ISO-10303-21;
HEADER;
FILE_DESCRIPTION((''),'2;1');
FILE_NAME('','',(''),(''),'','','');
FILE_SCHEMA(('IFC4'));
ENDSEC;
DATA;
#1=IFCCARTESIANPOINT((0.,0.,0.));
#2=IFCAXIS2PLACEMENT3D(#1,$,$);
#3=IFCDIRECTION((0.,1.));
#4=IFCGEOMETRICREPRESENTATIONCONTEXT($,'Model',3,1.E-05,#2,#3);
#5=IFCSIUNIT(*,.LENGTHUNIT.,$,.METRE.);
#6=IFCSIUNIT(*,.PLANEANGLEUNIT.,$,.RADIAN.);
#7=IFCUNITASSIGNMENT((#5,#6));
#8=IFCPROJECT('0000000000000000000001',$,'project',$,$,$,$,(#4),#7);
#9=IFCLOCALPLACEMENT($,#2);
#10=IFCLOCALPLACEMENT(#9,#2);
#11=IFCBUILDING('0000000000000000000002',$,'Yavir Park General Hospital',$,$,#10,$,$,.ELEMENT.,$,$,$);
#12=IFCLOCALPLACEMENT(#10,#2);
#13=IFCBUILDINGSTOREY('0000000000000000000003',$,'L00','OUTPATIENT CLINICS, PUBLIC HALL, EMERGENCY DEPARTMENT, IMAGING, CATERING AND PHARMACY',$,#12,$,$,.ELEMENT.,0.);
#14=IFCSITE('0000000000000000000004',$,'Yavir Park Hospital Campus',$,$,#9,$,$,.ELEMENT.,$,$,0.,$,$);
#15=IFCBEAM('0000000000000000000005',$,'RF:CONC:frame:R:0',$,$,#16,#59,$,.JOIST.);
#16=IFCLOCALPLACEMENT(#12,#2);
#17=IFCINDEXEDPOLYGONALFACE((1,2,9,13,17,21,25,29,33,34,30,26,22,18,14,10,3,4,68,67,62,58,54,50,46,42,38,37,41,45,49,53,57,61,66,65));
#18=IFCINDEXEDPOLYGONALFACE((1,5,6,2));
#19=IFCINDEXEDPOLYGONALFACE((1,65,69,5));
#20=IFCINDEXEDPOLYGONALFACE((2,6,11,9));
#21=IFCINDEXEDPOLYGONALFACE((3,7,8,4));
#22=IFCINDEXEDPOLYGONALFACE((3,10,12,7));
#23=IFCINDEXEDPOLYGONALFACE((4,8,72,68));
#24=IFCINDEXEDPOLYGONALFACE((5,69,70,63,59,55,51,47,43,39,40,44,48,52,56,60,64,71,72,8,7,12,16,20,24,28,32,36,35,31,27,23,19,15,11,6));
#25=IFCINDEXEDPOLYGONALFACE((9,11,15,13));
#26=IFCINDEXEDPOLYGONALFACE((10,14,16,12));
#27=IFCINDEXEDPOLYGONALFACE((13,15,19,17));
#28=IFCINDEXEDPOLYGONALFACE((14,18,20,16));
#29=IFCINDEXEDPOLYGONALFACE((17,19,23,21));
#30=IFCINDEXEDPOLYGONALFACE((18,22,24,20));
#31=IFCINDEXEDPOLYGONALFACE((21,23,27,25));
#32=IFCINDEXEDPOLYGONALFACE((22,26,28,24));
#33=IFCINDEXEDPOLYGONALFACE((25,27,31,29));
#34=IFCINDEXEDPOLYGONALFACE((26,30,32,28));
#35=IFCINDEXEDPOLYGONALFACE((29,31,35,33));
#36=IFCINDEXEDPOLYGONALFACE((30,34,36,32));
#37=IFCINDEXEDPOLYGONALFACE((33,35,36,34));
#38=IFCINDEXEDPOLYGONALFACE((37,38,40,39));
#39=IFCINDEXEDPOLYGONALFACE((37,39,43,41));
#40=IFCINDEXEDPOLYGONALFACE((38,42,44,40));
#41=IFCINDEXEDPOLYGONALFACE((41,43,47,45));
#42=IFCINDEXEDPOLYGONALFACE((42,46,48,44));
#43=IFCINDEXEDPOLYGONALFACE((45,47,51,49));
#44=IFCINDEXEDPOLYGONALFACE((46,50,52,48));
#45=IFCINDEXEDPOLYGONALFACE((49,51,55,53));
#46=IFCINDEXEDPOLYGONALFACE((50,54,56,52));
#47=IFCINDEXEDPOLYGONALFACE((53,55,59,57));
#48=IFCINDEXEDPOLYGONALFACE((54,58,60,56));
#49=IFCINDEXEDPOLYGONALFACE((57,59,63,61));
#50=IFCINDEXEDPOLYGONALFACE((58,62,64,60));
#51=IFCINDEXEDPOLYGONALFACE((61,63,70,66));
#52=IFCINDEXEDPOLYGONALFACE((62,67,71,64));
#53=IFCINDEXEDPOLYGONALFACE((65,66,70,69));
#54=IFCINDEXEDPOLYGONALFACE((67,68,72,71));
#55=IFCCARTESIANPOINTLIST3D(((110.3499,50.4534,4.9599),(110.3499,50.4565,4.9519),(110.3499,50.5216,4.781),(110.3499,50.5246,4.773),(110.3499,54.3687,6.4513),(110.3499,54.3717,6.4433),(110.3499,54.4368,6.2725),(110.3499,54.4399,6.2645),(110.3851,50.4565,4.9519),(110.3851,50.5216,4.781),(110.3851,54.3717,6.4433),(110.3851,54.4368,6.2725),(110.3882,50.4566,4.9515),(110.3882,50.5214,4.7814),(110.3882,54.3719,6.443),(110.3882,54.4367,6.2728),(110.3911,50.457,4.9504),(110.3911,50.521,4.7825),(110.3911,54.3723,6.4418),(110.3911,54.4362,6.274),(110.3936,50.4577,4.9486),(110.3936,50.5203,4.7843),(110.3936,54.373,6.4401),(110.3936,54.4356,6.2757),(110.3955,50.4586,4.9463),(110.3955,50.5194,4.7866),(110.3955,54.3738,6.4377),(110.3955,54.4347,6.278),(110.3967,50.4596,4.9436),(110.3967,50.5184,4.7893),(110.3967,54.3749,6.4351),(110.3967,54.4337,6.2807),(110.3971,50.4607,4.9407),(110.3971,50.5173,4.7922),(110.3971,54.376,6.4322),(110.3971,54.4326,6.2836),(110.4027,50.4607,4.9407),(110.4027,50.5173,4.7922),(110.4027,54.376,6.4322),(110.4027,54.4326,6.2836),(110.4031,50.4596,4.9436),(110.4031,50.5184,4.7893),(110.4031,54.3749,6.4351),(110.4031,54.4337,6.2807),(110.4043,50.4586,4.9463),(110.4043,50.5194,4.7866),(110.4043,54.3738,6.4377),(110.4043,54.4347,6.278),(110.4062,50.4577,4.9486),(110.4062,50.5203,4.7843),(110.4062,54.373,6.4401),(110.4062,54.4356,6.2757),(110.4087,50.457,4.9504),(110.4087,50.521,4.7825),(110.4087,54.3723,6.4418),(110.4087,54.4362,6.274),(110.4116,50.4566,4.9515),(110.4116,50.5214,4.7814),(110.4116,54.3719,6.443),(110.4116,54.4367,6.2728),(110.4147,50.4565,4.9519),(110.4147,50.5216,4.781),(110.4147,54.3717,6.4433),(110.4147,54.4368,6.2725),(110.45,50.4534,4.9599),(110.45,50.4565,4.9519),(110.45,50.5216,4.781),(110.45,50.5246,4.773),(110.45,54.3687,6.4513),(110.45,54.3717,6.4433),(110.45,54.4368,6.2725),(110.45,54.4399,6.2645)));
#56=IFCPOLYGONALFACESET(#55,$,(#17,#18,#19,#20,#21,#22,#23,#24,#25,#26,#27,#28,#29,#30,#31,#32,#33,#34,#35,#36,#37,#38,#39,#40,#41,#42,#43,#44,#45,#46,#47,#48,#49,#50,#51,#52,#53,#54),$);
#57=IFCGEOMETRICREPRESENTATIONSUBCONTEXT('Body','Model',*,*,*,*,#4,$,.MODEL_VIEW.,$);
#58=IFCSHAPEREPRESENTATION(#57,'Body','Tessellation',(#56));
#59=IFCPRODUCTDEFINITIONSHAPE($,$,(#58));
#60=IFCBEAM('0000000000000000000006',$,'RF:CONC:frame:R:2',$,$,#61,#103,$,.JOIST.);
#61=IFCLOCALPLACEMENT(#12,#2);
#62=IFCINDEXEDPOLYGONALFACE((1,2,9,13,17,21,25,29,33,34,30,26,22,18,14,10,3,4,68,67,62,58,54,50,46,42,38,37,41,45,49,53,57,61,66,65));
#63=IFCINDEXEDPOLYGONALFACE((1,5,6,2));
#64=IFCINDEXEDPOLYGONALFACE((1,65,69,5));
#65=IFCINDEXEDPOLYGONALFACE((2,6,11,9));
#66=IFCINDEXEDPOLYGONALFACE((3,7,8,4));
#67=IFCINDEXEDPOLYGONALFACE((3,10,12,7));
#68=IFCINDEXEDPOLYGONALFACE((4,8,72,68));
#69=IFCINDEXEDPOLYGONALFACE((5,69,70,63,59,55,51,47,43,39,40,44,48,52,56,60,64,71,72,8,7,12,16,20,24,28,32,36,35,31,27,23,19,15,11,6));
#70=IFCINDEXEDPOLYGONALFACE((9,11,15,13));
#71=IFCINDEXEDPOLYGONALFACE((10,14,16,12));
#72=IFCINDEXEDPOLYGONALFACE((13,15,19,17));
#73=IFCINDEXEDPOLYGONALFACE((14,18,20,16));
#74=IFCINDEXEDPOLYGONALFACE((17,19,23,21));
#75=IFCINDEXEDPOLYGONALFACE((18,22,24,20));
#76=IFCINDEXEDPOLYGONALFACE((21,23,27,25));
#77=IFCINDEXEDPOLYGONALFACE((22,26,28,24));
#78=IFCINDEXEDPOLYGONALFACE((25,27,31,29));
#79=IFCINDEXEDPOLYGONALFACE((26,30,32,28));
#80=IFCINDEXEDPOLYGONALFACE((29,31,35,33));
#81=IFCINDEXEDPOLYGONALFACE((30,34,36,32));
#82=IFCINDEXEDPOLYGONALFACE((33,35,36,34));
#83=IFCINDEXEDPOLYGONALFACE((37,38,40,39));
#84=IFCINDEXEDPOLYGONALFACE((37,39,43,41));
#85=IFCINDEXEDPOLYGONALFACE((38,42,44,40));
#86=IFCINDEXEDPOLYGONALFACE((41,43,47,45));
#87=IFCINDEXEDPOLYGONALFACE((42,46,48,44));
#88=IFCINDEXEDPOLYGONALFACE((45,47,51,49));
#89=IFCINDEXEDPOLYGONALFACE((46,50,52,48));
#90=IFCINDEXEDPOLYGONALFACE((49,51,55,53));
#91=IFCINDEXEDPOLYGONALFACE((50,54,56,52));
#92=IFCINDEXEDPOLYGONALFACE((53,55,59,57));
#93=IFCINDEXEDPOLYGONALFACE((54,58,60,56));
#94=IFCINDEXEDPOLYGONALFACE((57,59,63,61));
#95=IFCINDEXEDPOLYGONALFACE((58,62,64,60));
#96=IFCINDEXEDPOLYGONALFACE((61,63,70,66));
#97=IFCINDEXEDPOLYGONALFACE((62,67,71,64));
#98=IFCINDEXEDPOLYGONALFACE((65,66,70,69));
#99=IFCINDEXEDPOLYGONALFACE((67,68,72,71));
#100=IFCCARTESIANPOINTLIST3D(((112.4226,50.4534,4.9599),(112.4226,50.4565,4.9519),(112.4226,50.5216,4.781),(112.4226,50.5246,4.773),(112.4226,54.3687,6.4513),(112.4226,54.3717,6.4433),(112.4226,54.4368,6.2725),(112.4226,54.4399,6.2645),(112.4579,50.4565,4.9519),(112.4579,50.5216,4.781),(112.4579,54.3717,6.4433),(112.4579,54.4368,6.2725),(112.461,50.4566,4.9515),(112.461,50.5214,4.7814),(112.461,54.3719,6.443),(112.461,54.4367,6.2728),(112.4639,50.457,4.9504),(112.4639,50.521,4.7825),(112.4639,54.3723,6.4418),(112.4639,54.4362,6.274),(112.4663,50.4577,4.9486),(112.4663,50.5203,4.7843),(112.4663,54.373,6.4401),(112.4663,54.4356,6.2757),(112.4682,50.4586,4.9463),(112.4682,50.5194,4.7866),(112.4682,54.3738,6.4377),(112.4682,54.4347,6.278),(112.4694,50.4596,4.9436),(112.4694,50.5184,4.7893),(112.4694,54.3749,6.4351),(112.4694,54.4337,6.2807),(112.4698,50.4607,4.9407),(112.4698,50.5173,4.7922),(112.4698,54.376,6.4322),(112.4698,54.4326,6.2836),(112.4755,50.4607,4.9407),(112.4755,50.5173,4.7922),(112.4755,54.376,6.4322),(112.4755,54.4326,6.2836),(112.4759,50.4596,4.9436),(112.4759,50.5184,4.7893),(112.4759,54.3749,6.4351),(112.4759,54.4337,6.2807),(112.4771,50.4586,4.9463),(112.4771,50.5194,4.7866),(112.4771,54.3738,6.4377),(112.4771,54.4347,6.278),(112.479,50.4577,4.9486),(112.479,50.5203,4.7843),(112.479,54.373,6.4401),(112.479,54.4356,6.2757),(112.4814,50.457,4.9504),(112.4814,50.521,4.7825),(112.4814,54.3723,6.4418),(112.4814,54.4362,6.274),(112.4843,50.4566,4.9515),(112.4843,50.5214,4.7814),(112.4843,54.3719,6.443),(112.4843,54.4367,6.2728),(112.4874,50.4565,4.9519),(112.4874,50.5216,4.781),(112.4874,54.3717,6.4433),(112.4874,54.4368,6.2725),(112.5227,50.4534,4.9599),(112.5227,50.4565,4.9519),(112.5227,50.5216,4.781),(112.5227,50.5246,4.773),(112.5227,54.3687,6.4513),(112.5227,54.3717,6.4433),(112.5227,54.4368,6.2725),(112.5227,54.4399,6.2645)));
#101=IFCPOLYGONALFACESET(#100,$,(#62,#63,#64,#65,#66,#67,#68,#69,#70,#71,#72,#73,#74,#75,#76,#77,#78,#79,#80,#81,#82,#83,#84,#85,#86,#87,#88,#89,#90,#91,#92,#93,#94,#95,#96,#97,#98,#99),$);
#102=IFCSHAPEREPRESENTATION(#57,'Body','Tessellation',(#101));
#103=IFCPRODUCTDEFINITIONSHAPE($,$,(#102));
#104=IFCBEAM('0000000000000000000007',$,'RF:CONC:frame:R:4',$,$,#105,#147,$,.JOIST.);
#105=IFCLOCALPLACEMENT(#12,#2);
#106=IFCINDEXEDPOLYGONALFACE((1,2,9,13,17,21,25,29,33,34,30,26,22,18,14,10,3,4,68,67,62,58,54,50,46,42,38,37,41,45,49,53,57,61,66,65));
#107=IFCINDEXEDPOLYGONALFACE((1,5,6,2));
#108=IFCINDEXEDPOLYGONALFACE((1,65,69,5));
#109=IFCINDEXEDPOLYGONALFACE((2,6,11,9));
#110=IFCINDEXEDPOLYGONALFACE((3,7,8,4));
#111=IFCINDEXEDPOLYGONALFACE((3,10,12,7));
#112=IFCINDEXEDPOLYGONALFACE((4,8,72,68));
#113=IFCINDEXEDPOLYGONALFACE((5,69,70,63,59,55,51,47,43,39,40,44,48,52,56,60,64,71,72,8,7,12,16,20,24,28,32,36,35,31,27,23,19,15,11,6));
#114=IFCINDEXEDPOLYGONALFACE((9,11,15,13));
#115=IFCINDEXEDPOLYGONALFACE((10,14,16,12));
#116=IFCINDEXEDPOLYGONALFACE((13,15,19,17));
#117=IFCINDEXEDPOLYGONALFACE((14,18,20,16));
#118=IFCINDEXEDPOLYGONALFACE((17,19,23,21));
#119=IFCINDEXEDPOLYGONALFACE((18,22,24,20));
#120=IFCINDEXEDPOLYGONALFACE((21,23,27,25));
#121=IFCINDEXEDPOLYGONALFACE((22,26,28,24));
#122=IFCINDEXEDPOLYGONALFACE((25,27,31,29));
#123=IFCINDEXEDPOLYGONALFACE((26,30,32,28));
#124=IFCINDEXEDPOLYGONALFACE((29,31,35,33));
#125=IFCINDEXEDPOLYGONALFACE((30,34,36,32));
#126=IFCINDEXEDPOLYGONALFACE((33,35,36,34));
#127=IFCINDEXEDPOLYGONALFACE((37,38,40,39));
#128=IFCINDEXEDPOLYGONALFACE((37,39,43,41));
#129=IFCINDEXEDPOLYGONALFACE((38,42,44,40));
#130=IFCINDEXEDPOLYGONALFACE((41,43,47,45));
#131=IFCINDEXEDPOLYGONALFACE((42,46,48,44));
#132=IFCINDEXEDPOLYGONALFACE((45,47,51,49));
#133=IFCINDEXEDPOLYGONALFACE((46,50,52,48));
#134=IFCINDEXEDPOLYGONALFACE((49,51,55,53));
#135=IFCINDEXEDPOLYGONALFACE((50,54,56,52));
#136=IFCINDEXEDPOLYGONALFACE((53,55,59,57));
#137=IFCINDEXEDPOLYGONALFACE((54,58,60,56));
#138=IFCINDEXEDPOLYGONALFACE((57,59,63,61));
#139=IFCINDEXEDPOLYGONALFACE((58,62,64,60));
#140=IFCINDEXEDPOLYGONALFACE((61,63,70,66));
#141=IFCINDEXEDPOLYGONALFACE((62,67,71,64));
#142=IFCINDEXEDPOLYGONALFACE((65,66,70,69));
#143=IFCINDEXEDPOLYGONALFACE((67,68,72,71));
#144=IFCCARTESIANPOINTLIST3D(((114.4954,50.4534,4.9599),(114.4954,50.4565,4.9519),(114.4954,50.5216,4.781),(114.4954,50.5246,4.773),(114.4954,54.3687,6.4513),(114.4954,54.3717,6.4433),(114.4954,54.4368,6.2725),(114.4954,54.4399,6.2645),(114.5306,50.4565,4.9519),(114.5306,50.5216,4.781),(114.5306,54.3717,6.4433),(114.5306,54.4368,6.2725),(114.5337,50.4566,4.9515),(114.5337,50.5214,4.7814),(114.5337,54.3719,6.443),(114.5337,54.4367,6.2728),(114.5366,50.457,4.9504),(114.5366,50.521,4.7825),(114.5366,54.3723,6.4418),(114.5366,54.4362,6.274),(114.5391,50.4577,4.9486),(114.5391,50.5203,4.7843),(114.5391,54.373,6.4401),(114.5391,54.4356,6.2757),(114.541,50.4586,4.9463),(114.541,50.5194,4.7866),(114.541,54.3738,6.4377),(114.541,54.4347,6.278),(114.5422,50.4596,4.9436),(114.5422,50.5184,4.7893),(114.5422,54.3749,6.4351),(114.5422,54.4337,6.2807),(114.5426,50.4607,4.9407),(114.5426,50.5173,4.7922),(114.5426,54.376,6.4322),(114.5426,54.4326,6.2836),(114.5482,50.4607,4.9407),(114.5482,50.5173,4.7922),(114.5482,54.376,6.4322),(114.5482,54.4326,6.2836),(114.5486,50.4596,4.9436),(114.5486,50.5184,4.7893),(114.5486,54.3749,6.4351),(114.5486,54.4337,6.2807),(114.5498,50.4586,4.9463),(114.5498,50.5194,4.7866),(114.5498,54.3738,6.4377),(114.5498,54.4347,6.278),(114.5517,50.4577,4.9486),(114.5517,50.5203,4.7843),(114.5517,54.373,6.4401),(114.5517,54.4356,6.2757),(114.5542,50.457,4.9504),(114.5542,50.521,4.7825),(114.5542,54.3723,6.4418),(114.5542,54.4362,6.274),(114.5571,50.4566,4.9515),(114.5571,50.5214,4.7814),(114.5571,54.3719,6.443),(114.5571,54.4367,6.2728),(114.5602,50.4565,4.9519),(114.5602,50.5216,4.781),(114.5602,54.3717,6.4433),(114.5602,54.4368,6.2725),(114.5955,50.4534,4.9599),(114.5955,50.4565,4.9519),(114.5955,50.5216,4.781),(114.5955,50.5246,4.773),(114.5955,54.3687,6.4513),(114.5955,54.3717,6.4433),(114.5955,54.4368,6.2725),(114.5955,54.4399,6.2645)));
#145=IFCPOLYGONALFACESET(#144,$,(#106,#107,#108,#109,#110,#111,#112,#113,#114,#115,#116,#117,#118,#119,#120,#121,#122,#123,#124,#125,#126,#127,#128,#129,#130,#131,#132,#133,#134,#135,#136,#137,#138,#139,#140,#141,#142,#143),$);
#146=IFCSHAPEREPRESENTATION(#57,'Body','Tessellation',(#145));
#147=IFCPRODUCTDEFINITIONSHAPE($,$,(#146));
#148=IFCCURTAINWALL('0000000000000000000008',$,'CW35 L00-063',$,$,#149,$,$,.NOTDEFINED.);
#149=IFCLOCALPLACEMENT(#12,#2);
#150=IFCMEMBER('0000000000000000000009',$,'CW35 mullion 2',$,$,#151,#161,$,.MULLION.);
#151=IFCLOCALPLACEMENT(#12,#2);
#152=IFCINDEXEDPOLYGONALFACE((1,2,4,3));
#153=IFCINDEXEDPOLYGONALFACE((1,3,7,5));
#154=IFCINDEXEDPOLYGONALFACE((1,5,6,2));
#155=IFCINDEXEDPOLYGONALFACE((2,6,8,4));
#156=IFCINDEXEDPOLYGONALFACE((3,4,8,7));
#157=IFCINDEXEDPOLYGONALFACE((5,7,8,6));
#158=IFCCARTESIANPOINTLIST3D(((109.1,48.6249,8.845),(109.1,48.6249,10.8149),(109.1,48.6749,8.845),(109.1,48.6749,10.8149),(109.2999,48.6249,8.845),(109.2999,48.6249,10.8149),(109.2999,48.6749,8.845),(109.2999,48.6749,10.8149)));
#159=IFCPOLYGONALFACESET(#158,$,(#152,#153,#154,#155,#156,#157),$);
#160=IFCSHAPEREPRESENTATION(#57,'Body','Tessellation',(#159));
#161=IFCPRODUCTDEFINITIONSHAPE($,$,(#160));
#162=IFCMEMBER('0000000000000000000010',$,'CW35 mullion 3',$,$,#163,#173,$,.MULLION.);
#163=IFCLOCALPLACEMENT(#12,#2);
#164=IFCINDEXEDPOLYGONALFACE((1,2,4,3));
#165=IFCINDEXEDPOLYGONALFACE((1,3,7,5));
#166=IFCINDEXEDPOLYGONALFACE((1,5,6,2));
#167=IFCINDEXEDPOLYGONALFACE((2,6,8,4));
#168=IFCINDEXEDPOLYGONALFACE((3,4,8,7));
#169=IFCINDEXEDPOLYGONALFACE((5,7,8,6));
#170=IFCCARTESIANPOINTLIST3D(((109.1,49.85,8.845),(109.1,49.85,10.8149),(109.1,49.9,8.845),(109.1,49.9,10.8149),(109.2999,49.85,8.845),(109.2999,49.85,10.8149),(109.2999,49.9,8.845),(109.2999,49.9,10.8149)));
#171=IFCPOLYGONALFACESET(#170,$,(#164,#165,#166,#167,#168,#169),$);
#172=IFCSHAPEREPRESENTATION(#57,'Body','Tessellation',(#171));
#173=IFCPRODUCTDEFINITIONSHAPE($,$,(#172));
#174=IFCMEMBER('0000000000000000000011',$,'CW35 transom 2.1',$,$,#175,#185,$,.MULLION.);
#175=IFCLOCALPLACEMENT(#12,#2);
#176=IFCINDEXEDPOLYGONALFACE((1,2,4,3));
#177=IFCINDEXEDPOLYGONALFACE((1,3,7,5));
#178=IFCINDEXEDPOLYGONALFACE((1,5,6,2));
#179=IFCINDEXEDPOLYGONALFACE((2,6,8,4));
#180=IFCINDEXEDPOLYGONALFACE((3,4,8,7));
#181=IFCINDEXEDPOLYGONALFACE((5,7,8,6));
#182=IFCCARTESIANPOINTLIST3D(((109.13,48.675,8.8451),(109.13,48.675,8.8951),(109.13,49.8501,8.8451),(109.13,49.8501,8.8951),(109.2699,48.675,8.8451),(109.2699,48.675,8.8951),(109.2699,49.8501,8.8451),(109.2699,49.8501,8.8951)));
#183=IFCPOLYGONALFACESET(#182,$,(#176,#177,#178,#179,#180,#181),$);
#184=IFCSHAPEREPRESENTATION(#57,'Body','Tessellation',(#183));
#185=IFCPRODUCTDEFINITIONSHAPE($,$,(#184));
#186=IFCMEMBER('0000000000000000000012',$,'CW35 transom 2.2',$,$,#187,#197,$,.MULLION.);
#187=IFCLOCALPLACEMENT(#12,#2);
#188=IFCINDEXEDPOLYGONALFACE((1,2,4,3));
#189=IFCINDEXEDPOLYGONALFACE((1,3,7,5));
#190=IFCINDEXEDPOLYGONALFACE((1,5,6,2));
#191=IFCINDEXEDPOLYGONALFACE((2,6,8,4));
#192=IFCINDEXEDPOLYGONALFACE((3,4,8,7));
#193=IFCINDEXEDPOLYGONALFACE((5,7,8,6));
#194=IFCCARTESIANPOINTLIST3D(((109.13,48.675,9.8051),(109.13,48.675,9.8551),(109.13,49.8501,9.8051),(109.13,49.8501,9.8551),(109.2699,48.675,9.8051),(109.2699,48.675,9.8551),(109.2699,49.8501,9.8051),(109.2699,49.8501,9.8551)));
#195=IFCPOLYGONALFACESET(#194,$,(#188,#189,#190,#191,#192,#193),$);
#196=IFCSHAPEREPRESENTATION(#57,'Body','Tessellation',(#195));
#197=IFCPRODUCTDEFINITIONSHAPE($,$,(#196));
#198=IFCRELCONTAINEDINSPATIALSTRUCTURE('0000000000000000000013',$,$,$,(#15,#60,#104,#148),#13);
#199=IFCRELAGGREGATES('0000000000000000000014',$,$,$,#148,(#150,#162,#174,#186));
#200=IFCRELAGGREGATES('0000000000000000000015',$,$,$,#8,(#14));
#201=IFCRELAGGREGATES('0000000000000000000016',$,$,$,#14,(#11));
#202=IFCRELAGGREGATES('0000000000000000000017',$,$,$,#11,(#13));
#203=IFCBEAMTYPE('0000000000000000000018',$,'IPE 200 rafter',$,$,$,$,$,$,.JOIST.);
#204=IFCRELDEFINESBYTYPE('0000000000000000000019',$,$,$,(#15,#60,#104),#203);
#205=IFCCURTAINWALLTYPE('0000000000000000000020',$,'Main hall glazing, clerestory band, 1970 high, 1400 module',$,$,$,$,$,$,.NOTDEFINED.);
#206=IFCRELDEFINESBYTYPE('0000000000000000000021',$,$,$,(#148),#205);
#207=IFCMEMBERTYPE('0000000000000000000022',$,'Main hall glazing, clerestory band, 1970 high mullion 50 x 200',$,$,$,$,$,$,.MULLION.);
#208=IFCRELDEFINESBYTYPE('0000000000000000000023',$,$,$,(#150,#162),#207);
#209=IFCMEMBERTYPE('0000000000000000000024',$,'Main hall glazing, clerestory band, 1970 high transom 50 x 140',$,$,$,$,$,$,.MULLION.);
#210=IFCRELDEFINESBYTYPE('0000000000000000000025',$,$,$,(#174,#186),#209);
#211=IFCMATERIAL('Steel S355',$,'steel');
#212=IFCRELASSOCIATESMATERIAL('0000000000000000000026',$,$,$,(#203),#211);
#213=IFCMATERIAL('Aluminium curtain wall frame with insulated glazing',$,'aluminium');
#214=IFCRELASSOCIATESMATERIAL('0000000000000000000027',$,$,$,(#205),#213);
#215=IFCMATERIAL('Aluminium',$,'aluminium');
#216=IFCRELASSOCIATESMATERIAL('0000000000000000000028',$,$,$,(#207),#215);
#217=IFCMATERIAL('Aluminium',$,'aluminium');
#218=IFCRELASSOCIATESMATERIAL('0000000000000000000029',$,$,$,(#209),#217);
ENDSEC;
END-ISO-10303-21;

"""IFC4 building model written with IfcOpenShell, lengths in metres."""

from ifc_helpers import new_model, si_unit, direction, frame, origin, origin_2d, place, context, subcontext, project, spatial, rectangle, i_section, extrude, material, material_profile, profile_set, type_object, element, aggregate, save


model = new_model("IFC4")

# Units and contexts
model_context = context("Model", 3, precision=1e-05, world=origin(), true_north=direction((0.0, 1.0)))
body_context = subcontext(model_context, "Body", "Model", "MODEL_VIEW")
ifc_project = project(units=[si_unit("LENGTHUNIT", "METRE"), si_unit("PLANEANGLEUNIT", "RADIAN")], contexts=[model_context])

# Site, building, storey
site_placement = place(None, origin())
site = spatial("IfcSite", under=ifc_project, at=site_placement, Name="Yavir Park Hospital Campus", CompositionType="ELEMENT", RefElevation=0.0)
building_placement = place(site_placement, origin())
building = spatial("IfcBuilding", under=site, at=building_placement, Name="Yavir Park General Hospital", CompositionType="ELEMENT")
storey_placement = place(building_placement, origin())
storey = spatial("IfcBuildingStorey", under=building, at=storey_placement, Name="L00", Description="OUTPATIENT CLINICS, PUBLIC HALL, EMERGENCY DEPARTMENT, IMAGING, CATERING AND PHARMACY", CompositionType="ELEMENT", Elevation=0.0)

# Beams
ifc_material_1 = material(Name="Steel S355", Category="steel")
ifc_material_profile_1 = material_profile(ifc_material_1, i_section(OverallWidth=0.1001, OverallDepth=0.2, WebThickness=0.0056, FlangeThickness=0.0085, FilletRadius=0.012, at=origin_2d()), Name="IPE200")
ifc_profile_set_1 = profile_set([ifc_material_profile_1], Name="Steel S355")
beam_type_1 = type_object("IfcBeamType", Name="IPE 200 rafter", PredefinedType="JOIST", material=ifc_profile_set_1)
for number, where, z_axis, x_axis, name in (
    (1, (110.3999, 50.489, 4.8665), (0.0, 0.934494, 0.355978), (-1.0, 0.0, 0.0), "RF:CONC:frame:R:0"),
    (2, (112.4727, 50.489, 4.8665), (0.0, 0.934494, 0.355978), (-1.0, 0.0, 0.0), "RF:CONC:frame:R:2"),
    (3, (114.5454, 50.489, 4.8665), (0.0, 0.934494, 0.355978), (-1.0, 0.0, 0.0), "RF:CONC:frame:R:4"),
):
    element("IfcBeam", number, at=place(storey_placement, frame(where, z_axis=z_axis, x_axis=x_axis)), inside=storey, type_object=beam_type_1, Name=name, PredefinedType="JOIST", context=body_context, shape_type="SweptSolid", body=[
        extrude(i_section(OverallWidth=0.1001, OverallDepth=0.2, WebThickness=0.0056, FlangeThickness=0.0085, FilletRadius=0.012, at=origin_2d()), origin(), (0.0, 0.0, 1.0), 4.1897),
    ])

# Curtain wall, members
ifc_material_2 = material(Name="Aluminium curtain wall frame with insulated glazing", Category="aluminium")
curtain_wall_type_1 = type_object("IfcCurtainWallType", Name="Main hall glazing, clerestory band, 1970 high, 1400 module", PredefinedType="NOTDEFINED", material=ifc_material_2)
curtain_wall_1_placement = place(storey_placement, origin())
curtain_wall_1 = element("IfcCurtainWall", 4, at=curtain_wall_1_placement, inside=storey, type_object=curtain_wall_type_1, Name="CW35 L00-063", PredefinedType="NOTDEFINED")
ifc_material_3 = material(Name="Aluminium", Category="aluminium")
ifc_material_profile_2 = material_profile(ifc_material_3, rectangle(XDim=0.2, YDim=0.05, at=origin_2d()), Name="AL 50x200")
ifc_profile_set_2 = profile_set([ifc_material_profile_2], Name="Aluminium")
member_type_1 = type_object("IfcMemberType", Name="Main hall glazing, clerestory band, 1970 high mullion 50 x 200", PredefinedType="MULLION", material=ifc_profile_set_2)
member_1_placement = place(storey_placement, frame((109.2, 48.6499, 8.845), z_axis=(0.0, 0.0, 1.0), x_axis=(-1.0, 0.0, 0.0)))
member_1 = element("IfcMember", 5, at=member_1_placement, type_object=member_type_1, Name="CW35 mullion 2", PredefinedType="MULLION", context=body_context, shape_type="SweptSolid", body=[
    extrude(rectangle(XDim=0.2, YDim=0.05, at=origin_2d()), origin(), (0.0, 0.0, 1.0), 1.97),
])
member_2_placement = place(storey_placement, frame((109.2, 49.875, 8.845), z_axis=(0.0, 0.0, 1.0), x_axis=(-1.0, 0.0, 0.0)))
member_2 = element("IfcMember", 6, at=member_2_placement, type_object=member_type_1, Name="CW35 mullion 3", PredefinedType="MULLION", context=body_context, shape_type="SweptSolid", body=[
    extrude(rectangle(XDim=0.2, YDim=0.05, at=origin_2d()), origin(), (0.0, 0.0, 1.0), 1.97),
])
ifc_material_4 = material(Name="Aluminium", Category="aluminium")
ifc_material_profile_3 = material_profile(ifc_material_4, rectangle(XDim=0.1399, YDim=0.05, at=origin_2d()), Name="AL 140x50")
ifc_profile_set_3 = profile_set([ifc_material_profile_3], Name="Aluminium")
member_type_2 = type_object("IfcMemberType", Name="Main hall glazing, clerestory band, 1970 high transom 50 x 140", PredefinedType="MULLION", material=ifc_profile_set_3)
member_3_placement = place(storey_placement, frame((109.2, 48.675, 8.8701), z_axis=(0.0, 1.0, 0.0), x_axis=(-1.0, 0.0, 0.0)))
member_3 = element("IfcMember", 7, at=member_3_placement, type_object=member_type_2, Name="CW35 transom 2.1", PredefinedType="MULLION", context=body_context, shape_type="SweptSolid", body=[
    extrude(rectangle(XDim=0.1399, YDim=0.05, at=origin_2d()), origin(), (0.0, 0.0, 1.0), 1.175),
])
member_4_placement = place(storey_placement, frame((109.2, 48.675, 9.8301), z_axis=(0.0, 1.0, 0.0), x_axis=(-1.0, 0.0, 0.0)))
member_4 = element("IfcMember", 8, at=member_4_placement, type_object=member_type_2, Name="CW35 transom 2.2", PredefinedType="MULLION", context=body_context, shape_type="SweptSolid", body=[
    extrude(rectangle(XDim=0.1399, YDim=0.05, at=origin_2d()), origin(), (0.0, 0.0, 1.0), 1.175),
])

aggregate(curtain_wall_1, [member_1, member_2, member_3, member_4])

save(model, "model.ifc")
